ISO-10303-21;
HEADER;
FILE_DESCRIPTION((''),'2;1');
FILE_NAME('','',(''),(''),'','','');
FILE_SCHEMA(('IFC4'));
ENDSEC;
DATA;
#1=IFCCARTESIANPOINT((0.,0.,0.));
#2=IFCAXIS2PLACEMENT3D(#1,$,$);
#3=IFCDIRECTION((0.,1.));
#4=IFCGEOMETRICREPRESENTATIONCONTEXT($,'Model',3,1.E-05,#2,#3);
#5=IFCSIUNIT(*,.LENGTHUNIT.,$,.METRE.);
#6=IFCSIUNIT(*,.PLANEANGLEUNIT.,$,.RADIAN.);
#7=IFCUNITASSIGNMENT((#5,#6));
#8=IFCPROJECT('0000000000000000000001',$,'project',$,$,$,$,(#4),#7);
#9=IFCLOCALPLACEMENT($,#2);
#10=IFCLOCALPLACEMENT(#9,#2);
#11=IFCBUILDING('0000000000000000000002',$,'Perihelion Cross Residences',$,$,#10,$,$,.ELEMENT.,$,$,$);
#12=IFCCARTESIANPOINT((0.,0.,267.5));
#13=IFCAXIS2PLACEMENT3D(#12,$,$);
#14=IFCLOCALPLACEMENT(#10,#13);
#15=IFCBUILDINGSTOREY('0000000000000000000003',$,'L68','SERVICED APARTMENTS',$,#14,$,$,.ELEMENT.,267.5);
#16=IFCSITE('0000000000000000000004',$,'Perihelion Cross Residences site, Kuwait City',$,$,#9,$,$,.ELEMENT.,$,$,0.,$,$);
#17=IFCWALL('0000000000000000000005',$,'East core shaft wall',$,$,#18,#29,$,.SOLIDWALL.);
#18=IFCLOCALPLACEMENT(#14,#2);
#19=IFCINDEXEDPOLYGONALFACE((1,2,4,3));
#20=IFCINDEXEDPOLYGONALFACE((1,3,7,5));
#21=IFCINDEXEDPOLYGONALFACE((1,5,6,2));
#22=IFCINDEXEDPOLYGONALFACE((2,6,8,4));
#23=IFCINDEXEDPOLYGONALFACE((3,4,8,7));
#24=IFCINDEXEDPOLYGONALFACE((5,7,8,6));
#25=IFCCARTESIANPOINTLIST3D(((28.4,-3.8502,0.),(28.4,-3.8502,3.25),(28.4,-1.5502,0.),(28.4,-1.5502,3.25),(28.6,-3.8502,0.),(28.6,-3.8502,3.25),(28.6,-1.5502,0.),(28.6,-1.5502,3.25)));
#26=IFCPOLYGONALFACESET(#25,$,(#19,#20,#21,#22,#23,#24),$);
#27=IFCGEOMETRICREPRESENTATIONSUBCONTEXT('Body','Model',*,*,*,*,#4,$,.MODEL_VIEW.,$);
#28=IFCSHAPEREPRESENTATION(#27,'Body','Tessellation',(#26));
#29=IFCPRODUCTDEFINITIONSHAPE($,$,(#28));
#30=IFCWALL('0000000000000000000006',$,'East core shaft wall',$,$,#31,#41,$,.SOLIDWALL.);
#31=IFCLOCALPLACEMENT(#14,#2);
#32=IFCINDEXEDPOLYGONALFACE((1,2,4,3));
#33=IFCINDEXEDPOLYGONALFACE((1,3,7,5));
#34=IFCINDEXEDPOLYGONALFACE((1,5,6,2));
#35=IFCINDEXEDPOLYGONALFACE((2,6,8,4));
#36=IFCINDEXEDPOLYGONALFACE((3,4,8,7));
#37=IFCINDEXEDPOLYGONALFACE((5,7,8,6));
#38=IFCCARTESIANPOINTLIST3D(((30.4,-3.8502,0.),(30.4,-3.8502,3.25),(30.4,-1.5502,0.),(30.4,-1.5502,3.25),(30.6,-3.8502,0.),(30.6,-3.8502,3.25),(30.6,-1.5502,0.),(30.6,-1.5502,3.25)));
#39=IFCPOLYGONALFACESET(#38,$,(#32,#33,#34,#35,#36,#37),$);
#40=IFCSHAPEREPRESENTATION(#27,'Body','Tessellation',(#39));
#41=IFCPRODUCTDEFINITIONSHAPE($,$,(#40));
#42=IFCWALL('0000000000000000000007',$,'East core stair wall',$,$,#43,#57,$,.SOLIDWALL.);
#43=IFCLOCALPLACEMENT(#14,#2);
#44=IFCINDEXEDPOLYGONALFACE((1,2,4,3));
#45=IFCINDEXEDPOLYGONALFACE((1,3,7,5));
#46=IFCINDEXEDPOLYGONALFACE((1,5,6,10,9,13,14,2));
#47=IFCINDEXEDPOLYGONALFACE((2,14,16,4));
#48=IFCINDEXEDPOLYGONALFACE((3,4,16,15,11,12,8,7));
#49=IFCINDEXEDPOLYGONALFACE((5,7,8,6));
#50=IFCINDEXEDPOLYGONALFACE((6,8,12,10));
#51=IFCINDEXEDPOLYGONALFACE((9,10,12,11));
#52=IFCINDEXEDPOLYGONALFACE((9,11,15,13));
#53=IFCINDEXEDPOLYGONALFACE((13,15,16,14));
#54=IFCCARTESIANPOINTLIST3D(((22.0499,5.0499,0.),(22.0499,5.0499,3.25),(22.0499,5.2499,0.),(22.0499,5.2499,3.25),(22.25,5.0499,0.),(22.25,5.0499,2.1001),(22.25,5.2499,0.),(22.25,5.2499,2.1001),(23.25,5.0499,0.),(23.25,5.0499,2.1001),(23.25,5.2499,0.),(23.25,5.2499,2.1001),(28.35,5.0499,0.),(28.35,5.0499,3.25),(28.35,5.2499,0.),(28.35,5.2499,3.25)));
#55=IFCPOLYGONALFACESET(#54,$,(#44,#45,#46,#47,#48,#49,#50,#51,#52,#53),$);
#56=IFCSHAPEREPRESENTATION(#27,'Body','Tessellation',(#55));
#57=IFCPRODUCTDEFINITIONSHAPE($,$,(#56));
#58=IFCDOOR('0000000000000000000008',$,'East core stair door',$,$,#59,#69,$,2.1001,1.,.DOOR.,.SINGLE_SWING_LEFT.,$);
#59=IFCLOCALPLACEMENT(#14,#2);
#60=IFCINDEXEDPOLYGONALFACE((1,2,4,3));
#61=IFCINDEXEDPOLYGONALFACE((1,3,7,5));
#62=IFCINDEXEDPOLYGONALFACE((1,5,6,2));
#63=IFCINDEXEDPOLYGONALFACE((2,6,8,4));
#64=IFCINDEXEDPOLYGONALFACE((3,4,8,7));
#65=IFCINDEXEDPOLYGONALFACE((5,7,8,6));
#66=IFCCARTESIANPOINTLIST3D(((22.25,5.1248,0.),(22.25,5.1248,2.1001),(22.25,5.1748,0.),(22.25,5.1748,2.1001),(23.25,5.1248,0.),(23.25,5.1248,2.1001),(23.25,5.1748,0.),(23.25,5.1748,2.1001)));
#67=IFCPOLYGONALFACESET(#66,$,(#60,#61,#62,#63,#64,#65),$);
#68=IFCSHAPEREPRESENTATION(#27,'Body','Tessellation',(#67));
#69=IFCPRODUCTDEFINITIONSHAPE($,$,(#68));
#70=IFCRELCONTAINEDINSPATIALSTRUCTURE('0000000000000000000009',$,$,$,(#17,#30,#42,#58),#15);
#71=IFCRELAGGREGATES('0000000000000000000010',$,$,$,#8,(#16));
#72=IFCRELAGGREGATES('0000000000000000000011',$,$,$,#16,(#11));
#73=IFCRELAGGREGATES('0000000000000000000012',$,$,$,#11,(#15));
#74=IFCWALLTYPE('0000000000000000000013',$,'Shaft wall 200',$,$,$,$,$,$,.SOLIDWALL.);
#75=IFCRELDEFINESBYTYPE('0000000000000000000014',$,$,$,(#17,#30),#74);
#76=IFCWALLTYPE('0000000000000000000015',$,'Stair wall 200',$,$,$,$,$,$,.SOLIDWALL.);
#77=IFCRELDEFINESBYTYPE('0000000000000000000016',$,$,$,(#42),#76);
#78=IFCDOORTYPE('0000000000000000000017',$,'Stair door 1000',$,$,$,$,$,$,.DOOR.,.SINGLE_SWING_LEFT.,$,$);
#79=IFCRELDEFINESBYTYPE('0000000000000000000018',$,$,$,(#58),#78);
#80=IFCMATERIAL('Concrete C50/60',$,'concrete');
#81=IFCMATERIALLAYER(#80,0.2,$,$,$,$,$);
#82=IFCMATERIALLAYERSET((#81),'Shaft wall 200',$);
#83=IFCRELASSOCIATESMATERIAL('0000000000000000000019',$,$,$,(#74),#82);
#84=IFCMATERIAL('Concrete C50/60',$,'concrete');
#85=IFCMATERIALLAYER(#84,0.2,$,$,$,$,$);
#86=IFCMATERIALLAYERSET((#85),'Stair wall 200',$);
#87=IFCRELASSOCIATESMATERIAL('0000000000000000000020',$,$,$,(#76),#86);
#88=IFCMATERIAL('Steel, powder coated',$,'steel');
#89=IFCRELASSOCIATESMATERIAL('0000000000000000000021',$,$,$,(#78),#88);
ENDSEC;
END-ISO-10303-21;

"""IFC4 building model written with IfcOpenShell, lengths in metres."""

from ifc_helpers import new_model, si_unit, direction, frame, frame_2d, origin, place, context, subcontext, project, spatial, rectangle, extrude, material, layer, layer_set, type_object, element, fill, save


model = new_model("IFC4")

# Units and contexts
model_context = context("Model", 3, precision=1e-05, world=origin(), true_north=direction((0.0, 1.0)))
body_context = subcontext(model_context, "Body", "Model", "MODEL_VIEW")
ifc_project = project(units=[si_unit("LENGTHUNIT", "METRE"), si_unit("PLANEANGLEUNIT", "RADIAN")], contexts=[model_context])

# Site, building, storey
site_placement = place(None, origin())
site = spatial("IfcSite", under=ifc_project, at=site_placement, Name="Perihelion Cross Residences site, Kuwait City", CompositionType="ELEMENT", RefElevation=0.0)
building_placement = place(site_placement, origin())
building = spatial("IfcBuilding", under=site, at=building_placement, Name="Perihelion Cross Residences", CompositionType="ELEMENT")
storey_placement = place(building_placement, frame((0.0, 0.0, 267.5)))
storey = spatial("IfcBuildingStorey", under=building, at=storey_placement, Name="L68", Description="SERVICED APARTMENTS", CompositionType="ELEMENT", Elevation=267.5)

# Shared definitions
ifc_material_1 = material(Name="Concrete C50/60", Category="concrete")
ifc_layer_1 = layer(ifc_material_1, 0.2)
ifc_layer_set_1 = layer_set([ifc_layer_1], Name="Shaft wall 200")
wall_type_1 = type_object("IfcWallType", Name="Shaft wall 200", PredefinedType="SOLIDWALL", material=ifc_layer_set_1)

# Walls
for number, where, z_axis, x_axis, name in (
    (1, (28.5, -3.8501, 0.0), (0.0, 0.0, 1.0), (0.0, 1.0, 0.0), "East core shaft wall"),
    (2, (30.5, -3.8501, 0.0), (0.0, 0.0, 1.0), (0.0, 1.0, 0.0), "East core shaft wall"),
):
    element("IfcWall", number, at=place(storey_placement, frame(where, z_axis=z_axis, x_axis=x_axis)), inside=storey, type_object=wall_type_1, Name=name, PredefinedType="SOLIDWALL", context=body_context, shape_type="SweptSolid", body=[
        extrude(rectangle(XDim=2.3, YDim=0.2, at=frame_2d((1.1499, 0.0))), origin(), (0.0, 0.0, 1.0), 3.25),
    ])

# Wall, opening, door
ifc_material_2 = material(Name="Concrete C50/60", Category="concrete")
ifc_layer_2 = layer(ifc_material_2, 0.2)
ifc_layer_set_2 = layer_set([ifc_layer_2], Name="Stair wall 200")
wall_type_2 = type_object("IfcWallType", Name="Stair wall 200", PredefinedType="SOLIDWALL", material=ifc_layer_set_2)
wall_1_placement = place(storey_placement, frame((22.05, 5.1499, 0.0), z_axis=(0.0, 0.0, 1.0), x_axis=(1.0, 0.0, 0.0)))
wall_1 = element("IfcWall", 3, at=wall_1_placement, inside=storey, type_object=wall_type_2, Name="East core stair wall", PredefinedType="SOLIDWALL", context=body_context, shape_type="SweptSolid", body=[
    extrude(rectangle(XDim=6.3, YDim=0.2, at=frame_2d((3.1499, 0.0))), origin(), (0.0, 0.0, 1.0), 3.25),
])
opening_1_placement = place(wall_1_placement, frame((0.2, 0.0, 0.0)))
opening_1 = element("IfcOpeningElement", 4, at=opening_1_placement, cuts=wall_1, PredefinedType="OPENING", context=body_context, shape_type="SweptSolid", body=[
    extrude(rectangle(XDim=1.0, YDim=2.1001, at=frame_2d((0.5, 1.05))), frame((0.0, 0.1099, 0.0), z_axis=(0.0, -1.0, 0.0), x_axis=(1.0, 0.0, 0.0)), (0.0, 0.0, 1.0), 0.22),
])
ifc_material_3 = material(Name="Steel, powder coated", Category="steel")
door_type_1 = type_object("IfcDoorType", Name="Stair door 1000", OperationType="SINGLE_SWING_LEFT", PredefinedType="DOOR", material=ifc_material_3)
door_1_placement = place(opening_1_placement, origin())
door_1 = element("IfcDoor", 5, at=door_1_placement, inside=storey, type_object=door_type_1, Name="East core stair door", OperationType="SINGLE_SWING_LEFT", OverallHeight=2.1001, OverallWidth=1.0, PredefinedType="DOOR", context=body_context, shape_type="SweptSolid", body=[
    extrude(rectangle(XDim=1.0, YDim=2.1001, at=frame_2d((0.5, 1.05))), frame((0.0, 0.0249, 0.0), z_axis=(0.0, -1.0, 0.0), x_axis=(1.0, 0.0, 0.0)), (0.0, 0.0, 1.0), 0.05),
])
fill(opening_1, door_1)

save(model, "model.ifc")
